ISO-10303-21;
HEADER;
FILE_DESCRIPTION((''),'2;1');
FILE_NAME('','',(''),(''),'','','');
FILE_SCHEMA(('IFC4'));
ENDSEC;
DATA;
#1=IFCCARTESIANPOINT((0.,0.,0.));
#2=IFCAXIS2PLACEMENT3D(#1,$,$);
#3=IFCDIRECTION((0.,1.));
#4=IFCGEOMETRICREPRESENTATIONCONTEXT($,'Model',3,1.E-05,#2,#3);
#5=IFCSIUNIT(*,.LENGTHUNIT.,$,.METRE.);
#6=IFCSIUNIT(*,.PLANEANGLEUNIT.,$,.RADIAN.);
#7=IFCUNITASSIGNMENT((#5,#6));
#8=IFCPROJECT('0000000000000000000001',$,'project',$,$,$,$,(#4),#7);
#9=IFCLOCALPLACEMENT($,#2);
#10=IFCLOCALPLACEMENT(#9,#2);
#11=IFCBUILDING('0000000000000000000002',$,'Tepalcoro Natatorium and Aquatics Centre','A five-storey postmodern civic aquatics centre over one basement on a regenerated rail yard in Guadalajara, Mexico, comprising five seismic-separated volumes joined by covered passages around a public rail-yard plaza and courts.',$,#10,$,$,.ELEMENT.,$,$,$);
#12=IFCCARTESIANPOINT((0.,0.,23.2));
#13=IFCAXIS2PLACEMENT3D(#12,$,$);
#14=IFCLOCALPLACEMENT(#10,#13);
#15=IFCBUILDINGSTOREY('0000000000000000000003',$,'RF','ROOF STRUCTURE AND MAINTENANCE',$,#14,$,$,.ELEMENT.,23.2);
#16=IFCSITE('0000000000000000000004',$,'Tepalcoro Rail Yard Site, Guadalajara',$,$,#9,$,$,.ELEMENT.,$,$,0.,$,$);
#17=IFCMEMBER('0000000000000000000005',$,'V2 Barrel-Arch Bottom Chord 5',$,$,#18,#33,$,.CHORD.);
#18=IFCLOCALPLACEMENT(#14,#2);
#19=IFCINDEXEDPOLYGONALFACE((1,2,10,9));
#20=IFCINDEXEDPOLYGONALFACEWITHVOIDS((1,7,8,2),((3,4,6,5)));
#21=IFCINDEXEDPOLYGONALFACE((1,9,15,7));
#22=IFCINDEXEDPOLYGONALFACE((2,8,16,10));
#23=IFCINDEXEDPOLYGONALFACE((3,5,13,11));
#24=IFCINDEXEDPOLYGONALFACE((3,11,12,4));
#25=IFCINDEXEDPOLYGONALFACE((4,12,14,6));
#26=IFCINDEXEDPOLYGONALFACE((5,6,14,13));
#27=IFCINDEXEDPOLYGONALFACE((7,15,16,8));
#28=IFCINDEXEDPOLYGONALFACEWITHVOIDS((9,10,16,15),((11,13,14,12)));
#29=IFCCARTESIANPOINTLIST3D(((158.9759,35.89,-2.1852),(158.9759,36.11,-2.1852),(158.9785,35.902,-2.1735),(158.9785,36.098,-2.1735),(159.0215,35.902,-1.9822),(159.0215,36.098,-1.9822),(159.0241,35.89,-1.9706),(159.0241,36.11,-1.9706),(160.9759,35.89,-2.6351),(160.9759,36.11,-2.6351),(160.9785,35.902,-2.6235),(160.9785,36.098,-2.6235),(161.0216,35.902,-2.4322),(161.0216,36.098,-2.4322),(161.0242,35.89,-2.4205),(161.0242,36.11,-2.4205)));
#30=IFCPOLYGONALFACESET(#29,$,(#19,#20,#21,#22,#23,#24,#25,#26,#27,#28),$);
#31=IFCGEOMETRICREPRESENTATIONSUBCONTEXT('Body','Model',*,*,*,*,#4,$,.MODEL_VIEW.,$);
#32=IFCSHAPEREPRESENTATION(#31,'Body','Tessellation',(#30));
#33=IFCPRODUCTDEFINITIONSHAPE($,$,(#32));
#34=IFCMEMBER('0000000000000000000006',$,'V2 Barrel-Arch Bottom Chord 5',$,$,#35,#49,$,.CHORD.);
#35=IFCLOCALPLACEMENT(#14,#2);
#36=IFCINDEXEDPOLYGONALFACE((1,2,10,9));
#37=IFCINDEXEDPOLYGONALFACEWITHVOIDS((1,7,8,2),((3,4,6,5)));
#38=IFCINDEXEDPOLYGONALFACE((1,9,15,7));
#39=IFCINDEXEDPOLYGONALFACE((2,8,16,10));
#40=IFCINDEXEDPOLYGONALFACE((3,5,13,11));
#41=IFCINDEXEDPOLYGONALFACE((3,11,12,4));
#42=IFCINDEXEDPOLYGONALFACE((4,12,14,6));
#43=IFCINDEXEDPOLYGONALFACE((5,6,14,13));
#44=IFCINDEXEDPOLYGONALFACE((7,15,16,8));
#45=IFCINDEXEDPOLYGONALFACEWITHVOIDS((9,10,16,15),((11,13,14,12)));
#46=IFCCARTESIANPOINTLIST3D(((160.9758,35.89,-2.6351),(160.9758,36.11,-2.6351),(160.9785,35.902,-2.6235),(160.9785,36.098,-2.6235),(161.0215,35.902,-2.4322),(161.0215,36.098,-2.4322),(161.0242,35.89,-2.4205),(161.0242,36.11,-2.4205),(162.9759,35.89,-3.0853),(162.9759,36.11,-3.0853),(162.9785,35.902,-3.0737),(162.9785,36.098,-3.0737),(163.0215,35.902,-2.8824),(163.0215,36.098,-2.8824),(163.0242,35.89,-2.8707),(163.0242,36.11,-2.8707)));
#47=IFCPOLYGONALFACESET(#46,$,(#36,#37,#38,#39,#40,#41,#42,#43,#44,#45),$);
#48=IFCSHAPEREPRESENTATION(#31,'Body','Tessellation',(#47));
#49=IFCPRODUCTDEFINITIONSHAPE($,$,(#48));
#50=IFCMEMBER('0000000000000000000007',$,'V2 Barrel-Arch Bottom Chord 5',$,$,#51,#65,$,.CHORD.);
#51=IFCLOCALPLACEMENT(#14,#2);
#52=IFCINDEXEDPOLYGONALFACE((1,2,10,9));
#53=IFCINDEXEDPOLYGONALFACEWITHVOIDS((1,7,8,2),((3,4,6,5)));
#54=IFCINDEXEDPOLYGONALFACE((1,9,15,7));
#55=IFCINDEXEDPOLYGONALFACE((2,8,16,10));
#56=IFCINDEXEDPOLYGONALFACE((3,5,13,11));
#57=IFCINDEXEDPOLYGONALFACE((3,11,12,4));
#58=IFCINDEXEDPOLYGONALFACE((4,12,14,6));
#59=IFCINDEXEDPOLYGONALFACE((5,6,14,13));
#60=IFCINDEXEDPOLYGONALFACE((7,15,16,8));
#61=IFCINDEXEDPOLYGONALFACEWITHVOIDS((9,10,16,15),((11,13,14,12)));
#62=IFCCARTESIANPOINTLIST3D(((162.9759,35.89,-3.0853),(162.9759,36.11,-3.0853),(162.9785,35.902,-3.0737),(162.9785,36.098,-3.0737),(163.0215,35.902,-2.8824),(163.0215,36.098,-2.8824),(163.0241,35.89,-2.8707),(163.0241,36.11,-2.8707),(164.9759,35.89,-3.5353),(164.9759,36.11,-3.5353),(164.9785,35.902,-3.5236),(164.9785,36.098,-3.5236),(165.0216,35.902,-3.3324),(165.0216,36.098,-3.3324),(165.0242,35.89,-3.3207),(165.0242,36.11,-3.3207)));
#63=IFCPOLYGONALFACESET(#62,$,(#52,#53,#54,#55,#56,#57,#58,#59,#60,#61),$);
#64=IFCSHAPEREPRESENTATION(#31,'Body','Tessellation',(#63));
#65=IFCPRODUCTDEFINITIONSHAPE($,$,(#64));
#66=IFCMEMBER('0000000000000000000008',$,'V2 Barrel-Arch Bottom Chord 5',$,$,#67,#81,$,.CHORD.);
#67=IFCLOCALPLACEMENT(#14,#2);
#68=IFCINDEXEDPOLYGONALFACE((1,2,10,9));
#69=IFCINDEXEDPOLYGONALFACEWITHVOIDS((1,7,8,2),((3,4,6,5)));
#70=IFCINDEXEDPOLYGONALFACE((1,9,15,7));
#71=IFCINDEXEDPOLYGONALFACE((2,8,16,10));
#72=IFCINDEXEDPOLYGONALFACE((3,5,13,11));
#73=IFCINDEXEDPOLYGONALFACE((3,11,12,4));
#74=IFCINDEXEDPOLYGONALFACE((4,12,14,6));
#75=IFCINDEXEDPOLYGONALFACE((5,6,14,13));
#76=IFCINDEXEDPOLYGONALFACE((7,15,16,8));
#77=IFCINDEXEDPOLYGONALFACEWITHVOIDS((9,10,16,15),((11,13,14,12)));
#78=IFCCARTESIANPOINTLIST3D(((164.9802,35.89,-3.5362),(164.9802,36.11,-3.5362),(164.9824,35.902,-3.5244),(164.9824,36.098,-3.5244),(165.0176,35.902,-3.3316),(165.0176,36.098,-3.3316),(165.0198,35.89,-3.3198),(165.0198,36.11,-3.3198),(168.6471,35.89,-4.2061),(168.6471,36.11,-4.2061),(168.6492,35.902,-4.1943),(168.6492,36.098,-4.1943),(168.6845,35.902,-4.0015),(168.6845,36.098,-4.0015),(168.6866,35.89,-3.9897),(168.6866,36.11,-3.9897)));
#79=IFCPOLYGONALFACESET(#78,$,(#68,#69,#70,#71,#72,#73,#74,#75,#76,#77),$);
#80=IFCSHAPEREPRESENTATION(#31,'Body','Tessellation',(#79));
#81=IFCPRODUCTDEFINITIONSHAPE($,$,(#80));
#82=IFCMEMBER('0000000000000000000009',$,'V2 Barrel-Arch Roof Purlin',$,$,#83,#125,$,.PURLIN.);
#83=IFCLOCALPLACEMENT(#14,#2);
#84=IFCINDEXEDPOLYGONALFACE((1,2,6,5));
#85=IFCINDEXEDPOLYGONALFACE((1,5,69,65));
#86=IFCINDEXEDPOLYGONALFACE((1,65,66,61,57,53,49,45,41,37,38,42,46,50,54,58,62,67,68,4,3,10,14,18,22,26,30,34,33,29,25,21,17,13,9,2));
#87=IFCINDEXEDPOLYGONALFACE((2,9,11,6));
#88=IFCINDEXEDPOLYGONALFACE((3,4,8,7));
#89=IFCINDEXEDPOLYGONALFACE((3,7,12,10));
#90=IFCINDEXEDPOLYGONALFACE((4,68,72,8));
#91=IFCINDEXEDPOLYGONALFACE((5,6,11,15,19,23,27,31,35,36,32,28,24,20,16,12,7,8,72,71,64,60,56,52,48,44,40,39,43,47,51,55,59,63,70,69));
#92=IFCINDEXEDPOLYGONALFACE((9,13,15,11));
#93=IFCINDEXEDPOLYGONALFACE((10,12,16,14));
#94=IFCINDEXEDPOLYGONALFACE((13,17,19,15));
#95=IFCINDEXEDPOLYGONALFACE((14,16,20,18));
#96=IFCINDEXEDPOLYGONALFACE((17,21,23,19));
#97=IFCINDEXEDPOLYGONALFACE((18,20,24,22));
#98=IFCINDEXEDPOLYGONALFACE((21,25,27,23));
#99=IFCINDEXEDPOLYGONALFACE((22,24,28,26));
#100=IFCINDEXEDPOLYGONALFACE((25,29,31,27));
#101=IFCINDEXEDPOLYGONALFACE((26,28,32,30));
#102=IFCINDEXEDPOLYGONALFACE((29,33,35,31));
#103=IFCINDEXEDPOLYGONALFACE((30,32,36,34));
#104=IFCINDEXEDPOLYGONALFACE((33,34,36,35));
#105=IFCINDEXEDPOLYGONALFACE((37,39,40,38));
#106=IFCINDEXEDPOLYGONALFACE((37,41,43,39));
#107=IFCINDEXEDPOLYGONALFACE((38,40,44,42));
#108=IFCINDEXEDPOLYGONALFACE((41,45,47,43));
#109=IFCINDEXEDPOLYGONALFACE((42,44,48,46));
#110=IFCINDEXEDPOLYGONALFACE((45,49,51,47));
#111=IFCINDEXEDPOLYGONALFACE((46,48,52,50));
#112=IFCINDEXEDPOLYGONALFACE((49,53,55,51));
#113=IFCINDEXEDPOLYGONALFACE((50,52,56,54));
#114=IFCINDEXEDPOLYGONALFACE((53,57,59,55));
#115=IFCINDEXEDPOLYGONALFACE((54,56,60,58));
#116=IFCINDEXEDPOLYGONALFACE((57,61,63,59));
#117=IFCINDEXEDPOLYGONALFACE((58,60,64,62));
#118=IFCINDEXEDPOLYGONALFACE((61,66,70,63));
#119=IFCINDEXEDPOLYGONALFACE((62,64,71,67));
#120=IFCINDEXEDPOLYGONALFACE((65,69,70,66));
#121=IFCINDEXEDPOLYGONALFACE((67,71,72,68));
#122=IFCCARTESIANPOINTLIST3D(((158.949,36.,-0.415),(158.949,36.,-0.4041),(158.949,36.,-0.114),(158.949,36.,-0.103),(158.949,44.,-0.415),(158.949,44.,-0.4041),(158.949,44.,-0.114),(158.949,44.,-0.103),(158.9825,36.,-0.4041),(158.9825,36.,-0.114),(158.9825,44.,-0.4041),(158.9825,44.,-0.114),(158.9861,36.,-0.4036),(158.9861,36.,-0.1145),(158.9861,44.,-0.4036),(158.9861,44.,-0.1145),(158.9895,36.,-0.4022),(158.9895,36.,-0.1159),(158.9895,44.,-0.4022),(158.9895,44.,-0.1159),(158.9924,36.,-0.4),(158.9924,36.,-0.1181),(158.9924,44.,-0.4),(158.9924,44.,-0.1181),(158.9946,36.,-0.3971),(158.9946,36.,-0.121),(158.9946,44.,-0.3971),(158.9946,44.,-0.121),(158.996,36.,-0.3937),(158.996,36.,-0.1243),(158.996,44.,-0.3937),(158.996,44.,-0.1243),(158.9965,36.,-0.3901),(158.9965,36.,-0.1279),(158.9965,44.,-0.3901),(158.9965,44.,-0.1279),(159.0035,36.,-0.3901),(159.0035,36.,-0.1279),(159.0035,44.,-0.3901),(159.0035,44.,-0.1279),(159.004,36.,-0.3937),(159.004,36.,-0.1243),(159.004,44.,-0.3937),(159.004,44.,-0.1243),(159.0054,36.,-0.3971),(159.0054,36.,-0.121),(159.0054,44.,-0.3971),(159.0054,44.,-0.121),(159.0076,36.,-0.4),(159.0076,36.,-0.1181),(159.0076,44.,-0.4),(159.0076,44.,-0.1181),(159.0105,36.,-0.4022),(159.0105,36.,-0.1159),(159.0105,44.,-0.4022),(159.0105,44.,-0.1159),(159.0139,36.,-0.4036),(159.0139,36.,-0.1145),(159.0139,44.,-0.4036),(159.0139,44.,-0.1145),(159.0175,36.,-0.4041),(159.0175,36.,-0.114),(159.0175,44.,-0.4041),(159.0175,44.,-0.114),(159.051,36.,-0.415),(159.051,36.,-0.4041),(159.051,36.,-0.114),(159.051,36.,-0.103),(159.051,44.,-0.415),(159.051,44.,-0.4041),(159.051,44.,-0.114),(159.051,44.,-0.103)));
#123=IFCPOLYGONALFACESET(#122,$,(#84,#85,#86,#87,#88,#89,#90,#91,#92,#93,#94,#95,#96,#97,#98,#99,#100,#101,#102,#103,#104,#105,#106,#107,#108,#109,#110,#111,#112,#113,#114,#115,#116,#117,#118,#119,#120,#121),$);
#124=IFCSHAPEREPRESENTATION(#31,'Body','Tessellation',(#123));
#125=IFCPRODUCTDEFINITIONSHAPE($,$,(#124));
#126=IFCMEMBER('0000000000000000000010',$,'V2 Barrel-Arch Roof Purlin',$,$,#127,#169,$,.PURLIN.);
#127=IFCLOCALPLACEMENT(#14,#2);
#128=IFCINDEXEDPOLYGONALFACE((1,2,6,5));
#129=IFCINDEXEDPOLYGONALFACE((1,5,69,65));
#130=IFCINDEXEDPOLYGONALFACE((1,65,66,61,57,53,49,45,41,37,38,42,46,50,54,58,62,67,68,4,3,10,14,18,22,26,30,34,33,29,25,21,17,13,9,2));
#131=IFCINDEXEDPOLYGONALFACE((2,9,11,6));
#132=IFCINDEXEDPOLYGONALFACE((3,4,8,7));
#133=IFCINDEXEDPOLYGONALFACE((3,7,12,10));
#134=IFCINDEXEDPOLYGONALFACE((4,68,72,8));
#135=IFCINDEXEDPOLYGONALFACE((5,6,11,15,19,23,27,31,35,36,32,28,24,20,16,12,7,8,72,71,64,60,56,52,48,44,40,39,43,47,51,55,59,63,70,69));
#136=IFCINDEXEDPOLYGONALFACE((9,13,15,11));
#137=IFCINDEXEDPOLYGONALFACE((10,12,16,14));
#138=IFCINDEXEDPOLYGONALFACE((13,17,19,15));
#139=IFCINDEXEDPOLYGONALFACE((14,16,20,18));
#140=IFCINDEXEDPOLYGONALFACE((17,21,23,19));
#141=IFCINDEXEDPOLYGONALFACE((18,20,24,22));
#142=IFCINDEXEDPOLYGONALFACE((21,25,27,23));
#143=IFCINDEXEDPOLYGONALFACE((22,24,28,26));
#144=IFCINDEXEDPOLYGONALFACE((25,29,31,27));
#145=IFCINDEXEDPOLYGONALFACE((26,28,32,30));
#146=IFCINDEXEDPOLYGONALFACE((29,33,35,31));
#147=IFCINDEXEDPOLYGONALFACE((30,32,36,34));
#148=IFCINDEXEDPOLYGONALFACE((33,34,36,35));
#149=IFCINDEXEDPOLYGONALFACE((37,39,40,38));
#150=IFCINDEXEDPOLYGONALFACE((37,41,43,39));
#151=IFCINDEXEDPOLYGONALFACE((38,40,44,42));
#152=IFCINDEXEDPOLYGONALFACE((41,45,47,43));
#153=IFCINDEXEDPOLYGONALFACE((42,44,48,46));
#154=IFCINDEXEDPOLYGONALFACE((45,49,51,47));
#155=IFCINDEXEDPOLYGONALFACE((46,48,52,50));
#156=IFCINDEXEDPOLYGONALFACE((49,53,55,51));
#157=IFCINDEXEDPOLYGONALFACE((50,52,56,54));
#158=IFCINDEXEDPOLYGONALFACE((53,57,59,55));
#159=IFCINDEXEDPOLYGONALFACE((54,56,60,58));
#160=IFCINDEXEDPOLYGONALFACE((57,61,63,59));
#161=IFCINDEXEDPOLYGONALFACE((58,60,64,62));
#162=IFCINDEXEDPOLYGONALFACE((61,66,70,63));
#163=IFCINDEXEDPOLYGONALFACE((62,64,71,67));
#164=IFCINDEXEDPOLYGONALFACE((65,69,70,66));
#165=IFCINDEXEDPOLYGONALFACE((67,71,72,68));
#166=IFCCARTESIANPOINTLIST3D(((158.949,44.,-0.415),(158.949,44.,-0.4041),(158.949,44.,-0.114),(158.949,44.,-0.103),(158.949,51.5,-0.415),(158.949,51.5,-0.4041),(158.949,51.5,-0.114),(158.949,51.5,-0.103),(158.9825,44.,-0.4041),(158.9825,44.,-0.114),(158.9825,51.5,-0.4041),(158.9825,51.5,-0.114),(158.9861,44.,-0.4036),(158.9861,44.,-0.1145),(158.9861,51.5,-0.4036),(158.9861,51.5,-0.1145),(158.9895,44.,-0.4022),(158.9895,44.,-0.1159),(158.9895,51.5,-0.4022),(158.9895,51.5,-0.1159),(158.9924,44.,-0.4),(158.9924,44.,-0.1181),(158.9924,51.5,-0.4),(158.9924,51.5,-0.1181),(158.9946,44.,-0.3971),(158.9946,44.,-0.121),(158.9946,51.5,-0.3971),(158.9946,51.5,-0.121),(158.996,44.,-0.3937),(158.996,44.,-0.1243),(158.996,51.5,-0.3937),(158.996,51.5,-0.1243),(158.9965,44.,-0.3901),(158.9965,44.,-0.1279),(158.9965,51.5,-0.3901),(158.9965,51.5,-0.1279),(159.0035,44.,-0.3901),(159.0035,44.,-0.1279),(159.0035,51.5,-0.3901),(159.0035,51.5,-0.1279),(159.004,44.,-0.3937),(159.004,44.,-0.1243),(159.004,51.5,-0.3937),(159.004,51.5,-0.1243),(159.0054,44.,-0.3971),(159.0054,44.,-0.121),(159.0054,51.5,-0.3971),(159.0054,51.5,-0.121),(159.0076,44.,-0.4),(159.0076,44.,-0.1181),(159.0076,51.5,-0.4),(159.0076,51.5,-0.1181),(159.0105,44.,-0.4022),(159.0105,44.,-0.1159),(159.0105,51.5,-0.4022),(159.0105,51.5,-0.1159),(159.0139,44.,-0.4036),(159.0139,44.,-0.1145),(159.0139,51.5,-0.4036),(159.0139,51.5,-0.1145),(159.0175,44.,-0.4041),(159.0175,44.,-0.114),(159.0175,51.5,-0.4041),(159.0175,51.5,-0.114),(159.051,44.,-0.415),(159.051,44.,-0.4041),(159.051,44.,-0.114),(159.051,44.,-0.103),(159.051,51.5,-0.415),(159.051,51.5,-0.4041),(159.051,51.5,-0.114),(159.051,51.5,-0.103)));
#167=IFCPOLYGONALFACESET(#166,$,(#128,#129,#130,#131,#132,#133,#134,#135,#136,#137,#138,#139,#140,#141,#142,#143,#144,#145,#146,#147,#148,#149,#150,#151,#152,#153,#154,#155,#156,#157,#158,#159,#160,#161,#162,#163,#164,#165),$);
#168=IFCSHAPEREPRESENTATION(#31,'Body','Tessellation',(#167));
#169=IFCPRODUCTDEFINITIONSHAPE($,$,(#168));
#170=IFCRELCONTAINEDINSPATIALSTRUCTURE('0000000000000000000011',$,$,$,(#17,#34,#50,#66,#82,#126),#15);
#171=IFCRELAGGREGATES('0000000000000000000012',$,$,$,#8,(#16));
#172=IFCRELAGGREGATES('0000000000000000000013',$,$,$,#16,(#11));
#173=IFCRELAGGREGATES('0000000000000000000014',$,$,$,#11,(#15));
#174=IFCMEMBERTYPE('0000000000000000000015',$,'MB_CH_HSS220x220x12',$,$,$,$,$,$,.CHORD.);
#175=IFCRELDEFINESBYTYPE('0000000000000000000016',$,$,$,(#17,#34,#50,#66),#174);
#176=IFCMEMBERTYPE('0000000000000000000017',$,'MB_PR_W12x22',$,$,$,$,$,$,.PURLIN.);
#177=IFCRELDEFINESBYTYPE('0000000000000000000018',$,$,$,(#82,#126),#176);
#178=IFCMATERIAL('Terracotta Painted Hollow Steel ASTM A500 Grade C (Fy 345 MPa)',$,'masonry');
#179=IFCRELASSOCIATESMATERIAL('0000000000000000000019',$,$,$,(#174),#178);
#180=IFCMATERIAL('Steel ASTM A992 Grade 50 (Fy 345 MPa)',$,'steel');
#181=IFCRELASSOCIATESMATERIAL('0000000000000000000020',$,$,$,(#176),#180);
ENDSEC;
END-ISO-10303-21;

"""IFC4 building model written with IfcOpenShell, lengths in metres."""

from ifc_helpers import new_model, si_unit, direction, frame, origin, origin_2d, place, context, subcontext, project, spatial, hollow_rectangle, i_section, extrude, material, material_profile, profile_set, type_object, element, save


model = new_model("IFC4")

# Units and contexts
model_context = context("Model", 3, precision=1e-05, world=origin(), true_north=direction((0.0, 1.0)))
body_context = subcontext(model_context, "Body", "Model", "MODEL_VIEW")
ifc_project = project(units=[si_unit("LENGTHUNIT", "METRE"), si_unit("PLANEANGLEUNIT", "RADIAN")], contexts=[model_context])

# Site, building, storey
site_placement = place(None, origin())
site = spatial("IfcSite", under=ifc_project, at=site_placement, Name="Tepalcoro Rail Yard Site, Guadalajara", CompositionType="ELEMENT", RefElevation=0.0)
building_placement = place(site_placement, origin())
building = spatial("IfcBuilding", under=site, at=building_placement, Name="Tepalcoro Natatorium and Aquatics Centre", Description="A five-storey postmodern civic aquatics centre over one basement on a regenerated rail yard in Guadalajara, Mexico, comprising five seismic-separated volumes joined by covered passages around a public rail-yard plaza and courts.", CompositionType="ELEMENT")
storey_placement = place(building_placement, frame((0.0, 0.0, 23.2)))
storey = spatial("IfcBuildingStorey", under=building, at=storey_placement, Name="RF", Description="ROOF STRUCTURE AND MAINTENANCE", CompositionType="ELEMENT", Elevation=23.2)

# Shared definitions
ifc_material_1 = material(Name="Terracotta Painted Hollow Steel ASTM A500 Grade C (Fy 345 MPa)", Category="masonry")

# Members
ifc_material_profile_1 = material_profile(ifc_material_1, hollow_rectangle(XDim=0.22, YDim=0.22, WallThickness=0.012, at=origin_2d()), Name="HSS220X220X12")
ifc_profile_set_1 = profile_set([ifc_material_profile_1], Name="Terracotta Painted Hollow Steel ASTM A500 Grade C (Fy 345 MPa)")
member_type_1 = type_object("IfcMemberType", Name="MB_CH_HSS220x220x12", PredefinedType="CHORD", material=ifc_profile_set_1)
for number, where, z_axis, x_axis, name in (
    (1, (159.0, 36.0, -2.0779), (0.975615, 0.0, -0.21949), (0.0, 1.0, 0.0), "V2 Barrel-Arch Bottom Chord 5"),
    (2, (161.0, 36.0, -2.5278), (0.975589, 0.0, -0.219603), (0.0, 1.0, 0.0), "V2 Barrel-Arch Bottom Chord 5"),
    (3, (163.0, 36.0, -2.978), (0.975615, 0.0, -0.21949), (0.0, 1.0, 0.0), "V2 Barrel-Arch Bottom Chord 5"),
):
    element("IfcMember", number, at=place(storey_placement, frame(where, z_axis=z_axis, x_axis=x_axis)), inside=storey, type_object=member_type_1, Name=name, PredefinedType="CHORD", context=body_context, shape_type="SweptSolid", body=[
        extrude(hollow_rectangle(XDim=0.22, YDim=0.22, WallThickness=0.012, at=origin_2d()), origin(), (0.0, 0.0, 1.0), 2.05),
    ])
member_1_placement = place(storey_placement, frame((165.0, 36.0, -3.428), z_axis=(0.983717, 0.0, -0.179727), x_axis=(0.0, 1.0, 0.0)))
element("IfcMember", 4, at=member_1_placement, inside=storey, type_object=member_type_1, Name="V2 Barrel-Arch Bottom Chord 5", PredefinedType="CHORD", context=body_context, shape_type="SweptSolid", body=[
    extrude(hollow_rectangle(XDim=0.22, YDim=0.22, WallThickness=0.012, at=origin_2d()), origin(), (0.0, 0.0, 1.0), 3.7275),
])
ifc_material_2 = material(Name="Steel ASTM A992 Grade 50 (Fy 345 MPa)", Category="steel")
ifc_material_profile_2 = material_profile(ifc_material_2, i_section(OverallWidth=0.1021, OverallDepth=0.312, WebThickness=0.0071, FlangeThickness=0.011, FilletRadius=0.0139, at=origin_2d()), Name="W12X22")
ifc_profile_set_2 = profile_set([ifc_material_profile_2], Name="Steel ASTM A992 Grade 50 (Fy 345 MPa)")
member_type_2 = type_object("IfcMemberType", Name="MB_PR_W12x22", PredefinedType="PURLIN", material=ifc_profile_set_2)
member_2_placement = place(storey_placement, frame((159.0, 36.0, -0.259), z_axis=(0.0, 1.0, 0.0), x_axis=(-1.0, 0.0, 0.0)))
element("IfcMember", 5, at=member_2_placement, inside=storey, type_object=member_type_2, Name="V2 Barrel-Arch Roof Purlin", PredefinedType="PURLIN", context=body_context, shape_type="SweptSolid", body=[
    extrude(i_section(OverallWidth=0.1021, OverallDepth=0.312, WebThickness=0.0071, FlangeThickness=0.011, FilletRadius=0.0139, at=origin_2d()), origin(), (0.0, 0.0, 1.0), 8.0),
])
member_3_placement = place(storey_placement, frame((159.0, 44.0, -0.259), z_axis=(0.0, 1.0, 0.0), x_axis=(-1.0, 0.0, 0.0)))
element("IfcMember", 6, at=member_3_placement, inside=storey, type_object=member_type_2, Name="V2 Barrel-Arch Roof Purlin", PredefinedType="PURLIN", context=body_context, shape_type="SweptSolid", body=[
    extrude(i_section(OverallWidth=0.1021, OverallDepth=0.312, WebThickness=0.0071, FlangeThickness=0.011, FilletRadius=0.0139, at=origin_2d()), origin(), (0.0, 0.0, 1.0), 7.5),
])

save(model, "model.ifc")
